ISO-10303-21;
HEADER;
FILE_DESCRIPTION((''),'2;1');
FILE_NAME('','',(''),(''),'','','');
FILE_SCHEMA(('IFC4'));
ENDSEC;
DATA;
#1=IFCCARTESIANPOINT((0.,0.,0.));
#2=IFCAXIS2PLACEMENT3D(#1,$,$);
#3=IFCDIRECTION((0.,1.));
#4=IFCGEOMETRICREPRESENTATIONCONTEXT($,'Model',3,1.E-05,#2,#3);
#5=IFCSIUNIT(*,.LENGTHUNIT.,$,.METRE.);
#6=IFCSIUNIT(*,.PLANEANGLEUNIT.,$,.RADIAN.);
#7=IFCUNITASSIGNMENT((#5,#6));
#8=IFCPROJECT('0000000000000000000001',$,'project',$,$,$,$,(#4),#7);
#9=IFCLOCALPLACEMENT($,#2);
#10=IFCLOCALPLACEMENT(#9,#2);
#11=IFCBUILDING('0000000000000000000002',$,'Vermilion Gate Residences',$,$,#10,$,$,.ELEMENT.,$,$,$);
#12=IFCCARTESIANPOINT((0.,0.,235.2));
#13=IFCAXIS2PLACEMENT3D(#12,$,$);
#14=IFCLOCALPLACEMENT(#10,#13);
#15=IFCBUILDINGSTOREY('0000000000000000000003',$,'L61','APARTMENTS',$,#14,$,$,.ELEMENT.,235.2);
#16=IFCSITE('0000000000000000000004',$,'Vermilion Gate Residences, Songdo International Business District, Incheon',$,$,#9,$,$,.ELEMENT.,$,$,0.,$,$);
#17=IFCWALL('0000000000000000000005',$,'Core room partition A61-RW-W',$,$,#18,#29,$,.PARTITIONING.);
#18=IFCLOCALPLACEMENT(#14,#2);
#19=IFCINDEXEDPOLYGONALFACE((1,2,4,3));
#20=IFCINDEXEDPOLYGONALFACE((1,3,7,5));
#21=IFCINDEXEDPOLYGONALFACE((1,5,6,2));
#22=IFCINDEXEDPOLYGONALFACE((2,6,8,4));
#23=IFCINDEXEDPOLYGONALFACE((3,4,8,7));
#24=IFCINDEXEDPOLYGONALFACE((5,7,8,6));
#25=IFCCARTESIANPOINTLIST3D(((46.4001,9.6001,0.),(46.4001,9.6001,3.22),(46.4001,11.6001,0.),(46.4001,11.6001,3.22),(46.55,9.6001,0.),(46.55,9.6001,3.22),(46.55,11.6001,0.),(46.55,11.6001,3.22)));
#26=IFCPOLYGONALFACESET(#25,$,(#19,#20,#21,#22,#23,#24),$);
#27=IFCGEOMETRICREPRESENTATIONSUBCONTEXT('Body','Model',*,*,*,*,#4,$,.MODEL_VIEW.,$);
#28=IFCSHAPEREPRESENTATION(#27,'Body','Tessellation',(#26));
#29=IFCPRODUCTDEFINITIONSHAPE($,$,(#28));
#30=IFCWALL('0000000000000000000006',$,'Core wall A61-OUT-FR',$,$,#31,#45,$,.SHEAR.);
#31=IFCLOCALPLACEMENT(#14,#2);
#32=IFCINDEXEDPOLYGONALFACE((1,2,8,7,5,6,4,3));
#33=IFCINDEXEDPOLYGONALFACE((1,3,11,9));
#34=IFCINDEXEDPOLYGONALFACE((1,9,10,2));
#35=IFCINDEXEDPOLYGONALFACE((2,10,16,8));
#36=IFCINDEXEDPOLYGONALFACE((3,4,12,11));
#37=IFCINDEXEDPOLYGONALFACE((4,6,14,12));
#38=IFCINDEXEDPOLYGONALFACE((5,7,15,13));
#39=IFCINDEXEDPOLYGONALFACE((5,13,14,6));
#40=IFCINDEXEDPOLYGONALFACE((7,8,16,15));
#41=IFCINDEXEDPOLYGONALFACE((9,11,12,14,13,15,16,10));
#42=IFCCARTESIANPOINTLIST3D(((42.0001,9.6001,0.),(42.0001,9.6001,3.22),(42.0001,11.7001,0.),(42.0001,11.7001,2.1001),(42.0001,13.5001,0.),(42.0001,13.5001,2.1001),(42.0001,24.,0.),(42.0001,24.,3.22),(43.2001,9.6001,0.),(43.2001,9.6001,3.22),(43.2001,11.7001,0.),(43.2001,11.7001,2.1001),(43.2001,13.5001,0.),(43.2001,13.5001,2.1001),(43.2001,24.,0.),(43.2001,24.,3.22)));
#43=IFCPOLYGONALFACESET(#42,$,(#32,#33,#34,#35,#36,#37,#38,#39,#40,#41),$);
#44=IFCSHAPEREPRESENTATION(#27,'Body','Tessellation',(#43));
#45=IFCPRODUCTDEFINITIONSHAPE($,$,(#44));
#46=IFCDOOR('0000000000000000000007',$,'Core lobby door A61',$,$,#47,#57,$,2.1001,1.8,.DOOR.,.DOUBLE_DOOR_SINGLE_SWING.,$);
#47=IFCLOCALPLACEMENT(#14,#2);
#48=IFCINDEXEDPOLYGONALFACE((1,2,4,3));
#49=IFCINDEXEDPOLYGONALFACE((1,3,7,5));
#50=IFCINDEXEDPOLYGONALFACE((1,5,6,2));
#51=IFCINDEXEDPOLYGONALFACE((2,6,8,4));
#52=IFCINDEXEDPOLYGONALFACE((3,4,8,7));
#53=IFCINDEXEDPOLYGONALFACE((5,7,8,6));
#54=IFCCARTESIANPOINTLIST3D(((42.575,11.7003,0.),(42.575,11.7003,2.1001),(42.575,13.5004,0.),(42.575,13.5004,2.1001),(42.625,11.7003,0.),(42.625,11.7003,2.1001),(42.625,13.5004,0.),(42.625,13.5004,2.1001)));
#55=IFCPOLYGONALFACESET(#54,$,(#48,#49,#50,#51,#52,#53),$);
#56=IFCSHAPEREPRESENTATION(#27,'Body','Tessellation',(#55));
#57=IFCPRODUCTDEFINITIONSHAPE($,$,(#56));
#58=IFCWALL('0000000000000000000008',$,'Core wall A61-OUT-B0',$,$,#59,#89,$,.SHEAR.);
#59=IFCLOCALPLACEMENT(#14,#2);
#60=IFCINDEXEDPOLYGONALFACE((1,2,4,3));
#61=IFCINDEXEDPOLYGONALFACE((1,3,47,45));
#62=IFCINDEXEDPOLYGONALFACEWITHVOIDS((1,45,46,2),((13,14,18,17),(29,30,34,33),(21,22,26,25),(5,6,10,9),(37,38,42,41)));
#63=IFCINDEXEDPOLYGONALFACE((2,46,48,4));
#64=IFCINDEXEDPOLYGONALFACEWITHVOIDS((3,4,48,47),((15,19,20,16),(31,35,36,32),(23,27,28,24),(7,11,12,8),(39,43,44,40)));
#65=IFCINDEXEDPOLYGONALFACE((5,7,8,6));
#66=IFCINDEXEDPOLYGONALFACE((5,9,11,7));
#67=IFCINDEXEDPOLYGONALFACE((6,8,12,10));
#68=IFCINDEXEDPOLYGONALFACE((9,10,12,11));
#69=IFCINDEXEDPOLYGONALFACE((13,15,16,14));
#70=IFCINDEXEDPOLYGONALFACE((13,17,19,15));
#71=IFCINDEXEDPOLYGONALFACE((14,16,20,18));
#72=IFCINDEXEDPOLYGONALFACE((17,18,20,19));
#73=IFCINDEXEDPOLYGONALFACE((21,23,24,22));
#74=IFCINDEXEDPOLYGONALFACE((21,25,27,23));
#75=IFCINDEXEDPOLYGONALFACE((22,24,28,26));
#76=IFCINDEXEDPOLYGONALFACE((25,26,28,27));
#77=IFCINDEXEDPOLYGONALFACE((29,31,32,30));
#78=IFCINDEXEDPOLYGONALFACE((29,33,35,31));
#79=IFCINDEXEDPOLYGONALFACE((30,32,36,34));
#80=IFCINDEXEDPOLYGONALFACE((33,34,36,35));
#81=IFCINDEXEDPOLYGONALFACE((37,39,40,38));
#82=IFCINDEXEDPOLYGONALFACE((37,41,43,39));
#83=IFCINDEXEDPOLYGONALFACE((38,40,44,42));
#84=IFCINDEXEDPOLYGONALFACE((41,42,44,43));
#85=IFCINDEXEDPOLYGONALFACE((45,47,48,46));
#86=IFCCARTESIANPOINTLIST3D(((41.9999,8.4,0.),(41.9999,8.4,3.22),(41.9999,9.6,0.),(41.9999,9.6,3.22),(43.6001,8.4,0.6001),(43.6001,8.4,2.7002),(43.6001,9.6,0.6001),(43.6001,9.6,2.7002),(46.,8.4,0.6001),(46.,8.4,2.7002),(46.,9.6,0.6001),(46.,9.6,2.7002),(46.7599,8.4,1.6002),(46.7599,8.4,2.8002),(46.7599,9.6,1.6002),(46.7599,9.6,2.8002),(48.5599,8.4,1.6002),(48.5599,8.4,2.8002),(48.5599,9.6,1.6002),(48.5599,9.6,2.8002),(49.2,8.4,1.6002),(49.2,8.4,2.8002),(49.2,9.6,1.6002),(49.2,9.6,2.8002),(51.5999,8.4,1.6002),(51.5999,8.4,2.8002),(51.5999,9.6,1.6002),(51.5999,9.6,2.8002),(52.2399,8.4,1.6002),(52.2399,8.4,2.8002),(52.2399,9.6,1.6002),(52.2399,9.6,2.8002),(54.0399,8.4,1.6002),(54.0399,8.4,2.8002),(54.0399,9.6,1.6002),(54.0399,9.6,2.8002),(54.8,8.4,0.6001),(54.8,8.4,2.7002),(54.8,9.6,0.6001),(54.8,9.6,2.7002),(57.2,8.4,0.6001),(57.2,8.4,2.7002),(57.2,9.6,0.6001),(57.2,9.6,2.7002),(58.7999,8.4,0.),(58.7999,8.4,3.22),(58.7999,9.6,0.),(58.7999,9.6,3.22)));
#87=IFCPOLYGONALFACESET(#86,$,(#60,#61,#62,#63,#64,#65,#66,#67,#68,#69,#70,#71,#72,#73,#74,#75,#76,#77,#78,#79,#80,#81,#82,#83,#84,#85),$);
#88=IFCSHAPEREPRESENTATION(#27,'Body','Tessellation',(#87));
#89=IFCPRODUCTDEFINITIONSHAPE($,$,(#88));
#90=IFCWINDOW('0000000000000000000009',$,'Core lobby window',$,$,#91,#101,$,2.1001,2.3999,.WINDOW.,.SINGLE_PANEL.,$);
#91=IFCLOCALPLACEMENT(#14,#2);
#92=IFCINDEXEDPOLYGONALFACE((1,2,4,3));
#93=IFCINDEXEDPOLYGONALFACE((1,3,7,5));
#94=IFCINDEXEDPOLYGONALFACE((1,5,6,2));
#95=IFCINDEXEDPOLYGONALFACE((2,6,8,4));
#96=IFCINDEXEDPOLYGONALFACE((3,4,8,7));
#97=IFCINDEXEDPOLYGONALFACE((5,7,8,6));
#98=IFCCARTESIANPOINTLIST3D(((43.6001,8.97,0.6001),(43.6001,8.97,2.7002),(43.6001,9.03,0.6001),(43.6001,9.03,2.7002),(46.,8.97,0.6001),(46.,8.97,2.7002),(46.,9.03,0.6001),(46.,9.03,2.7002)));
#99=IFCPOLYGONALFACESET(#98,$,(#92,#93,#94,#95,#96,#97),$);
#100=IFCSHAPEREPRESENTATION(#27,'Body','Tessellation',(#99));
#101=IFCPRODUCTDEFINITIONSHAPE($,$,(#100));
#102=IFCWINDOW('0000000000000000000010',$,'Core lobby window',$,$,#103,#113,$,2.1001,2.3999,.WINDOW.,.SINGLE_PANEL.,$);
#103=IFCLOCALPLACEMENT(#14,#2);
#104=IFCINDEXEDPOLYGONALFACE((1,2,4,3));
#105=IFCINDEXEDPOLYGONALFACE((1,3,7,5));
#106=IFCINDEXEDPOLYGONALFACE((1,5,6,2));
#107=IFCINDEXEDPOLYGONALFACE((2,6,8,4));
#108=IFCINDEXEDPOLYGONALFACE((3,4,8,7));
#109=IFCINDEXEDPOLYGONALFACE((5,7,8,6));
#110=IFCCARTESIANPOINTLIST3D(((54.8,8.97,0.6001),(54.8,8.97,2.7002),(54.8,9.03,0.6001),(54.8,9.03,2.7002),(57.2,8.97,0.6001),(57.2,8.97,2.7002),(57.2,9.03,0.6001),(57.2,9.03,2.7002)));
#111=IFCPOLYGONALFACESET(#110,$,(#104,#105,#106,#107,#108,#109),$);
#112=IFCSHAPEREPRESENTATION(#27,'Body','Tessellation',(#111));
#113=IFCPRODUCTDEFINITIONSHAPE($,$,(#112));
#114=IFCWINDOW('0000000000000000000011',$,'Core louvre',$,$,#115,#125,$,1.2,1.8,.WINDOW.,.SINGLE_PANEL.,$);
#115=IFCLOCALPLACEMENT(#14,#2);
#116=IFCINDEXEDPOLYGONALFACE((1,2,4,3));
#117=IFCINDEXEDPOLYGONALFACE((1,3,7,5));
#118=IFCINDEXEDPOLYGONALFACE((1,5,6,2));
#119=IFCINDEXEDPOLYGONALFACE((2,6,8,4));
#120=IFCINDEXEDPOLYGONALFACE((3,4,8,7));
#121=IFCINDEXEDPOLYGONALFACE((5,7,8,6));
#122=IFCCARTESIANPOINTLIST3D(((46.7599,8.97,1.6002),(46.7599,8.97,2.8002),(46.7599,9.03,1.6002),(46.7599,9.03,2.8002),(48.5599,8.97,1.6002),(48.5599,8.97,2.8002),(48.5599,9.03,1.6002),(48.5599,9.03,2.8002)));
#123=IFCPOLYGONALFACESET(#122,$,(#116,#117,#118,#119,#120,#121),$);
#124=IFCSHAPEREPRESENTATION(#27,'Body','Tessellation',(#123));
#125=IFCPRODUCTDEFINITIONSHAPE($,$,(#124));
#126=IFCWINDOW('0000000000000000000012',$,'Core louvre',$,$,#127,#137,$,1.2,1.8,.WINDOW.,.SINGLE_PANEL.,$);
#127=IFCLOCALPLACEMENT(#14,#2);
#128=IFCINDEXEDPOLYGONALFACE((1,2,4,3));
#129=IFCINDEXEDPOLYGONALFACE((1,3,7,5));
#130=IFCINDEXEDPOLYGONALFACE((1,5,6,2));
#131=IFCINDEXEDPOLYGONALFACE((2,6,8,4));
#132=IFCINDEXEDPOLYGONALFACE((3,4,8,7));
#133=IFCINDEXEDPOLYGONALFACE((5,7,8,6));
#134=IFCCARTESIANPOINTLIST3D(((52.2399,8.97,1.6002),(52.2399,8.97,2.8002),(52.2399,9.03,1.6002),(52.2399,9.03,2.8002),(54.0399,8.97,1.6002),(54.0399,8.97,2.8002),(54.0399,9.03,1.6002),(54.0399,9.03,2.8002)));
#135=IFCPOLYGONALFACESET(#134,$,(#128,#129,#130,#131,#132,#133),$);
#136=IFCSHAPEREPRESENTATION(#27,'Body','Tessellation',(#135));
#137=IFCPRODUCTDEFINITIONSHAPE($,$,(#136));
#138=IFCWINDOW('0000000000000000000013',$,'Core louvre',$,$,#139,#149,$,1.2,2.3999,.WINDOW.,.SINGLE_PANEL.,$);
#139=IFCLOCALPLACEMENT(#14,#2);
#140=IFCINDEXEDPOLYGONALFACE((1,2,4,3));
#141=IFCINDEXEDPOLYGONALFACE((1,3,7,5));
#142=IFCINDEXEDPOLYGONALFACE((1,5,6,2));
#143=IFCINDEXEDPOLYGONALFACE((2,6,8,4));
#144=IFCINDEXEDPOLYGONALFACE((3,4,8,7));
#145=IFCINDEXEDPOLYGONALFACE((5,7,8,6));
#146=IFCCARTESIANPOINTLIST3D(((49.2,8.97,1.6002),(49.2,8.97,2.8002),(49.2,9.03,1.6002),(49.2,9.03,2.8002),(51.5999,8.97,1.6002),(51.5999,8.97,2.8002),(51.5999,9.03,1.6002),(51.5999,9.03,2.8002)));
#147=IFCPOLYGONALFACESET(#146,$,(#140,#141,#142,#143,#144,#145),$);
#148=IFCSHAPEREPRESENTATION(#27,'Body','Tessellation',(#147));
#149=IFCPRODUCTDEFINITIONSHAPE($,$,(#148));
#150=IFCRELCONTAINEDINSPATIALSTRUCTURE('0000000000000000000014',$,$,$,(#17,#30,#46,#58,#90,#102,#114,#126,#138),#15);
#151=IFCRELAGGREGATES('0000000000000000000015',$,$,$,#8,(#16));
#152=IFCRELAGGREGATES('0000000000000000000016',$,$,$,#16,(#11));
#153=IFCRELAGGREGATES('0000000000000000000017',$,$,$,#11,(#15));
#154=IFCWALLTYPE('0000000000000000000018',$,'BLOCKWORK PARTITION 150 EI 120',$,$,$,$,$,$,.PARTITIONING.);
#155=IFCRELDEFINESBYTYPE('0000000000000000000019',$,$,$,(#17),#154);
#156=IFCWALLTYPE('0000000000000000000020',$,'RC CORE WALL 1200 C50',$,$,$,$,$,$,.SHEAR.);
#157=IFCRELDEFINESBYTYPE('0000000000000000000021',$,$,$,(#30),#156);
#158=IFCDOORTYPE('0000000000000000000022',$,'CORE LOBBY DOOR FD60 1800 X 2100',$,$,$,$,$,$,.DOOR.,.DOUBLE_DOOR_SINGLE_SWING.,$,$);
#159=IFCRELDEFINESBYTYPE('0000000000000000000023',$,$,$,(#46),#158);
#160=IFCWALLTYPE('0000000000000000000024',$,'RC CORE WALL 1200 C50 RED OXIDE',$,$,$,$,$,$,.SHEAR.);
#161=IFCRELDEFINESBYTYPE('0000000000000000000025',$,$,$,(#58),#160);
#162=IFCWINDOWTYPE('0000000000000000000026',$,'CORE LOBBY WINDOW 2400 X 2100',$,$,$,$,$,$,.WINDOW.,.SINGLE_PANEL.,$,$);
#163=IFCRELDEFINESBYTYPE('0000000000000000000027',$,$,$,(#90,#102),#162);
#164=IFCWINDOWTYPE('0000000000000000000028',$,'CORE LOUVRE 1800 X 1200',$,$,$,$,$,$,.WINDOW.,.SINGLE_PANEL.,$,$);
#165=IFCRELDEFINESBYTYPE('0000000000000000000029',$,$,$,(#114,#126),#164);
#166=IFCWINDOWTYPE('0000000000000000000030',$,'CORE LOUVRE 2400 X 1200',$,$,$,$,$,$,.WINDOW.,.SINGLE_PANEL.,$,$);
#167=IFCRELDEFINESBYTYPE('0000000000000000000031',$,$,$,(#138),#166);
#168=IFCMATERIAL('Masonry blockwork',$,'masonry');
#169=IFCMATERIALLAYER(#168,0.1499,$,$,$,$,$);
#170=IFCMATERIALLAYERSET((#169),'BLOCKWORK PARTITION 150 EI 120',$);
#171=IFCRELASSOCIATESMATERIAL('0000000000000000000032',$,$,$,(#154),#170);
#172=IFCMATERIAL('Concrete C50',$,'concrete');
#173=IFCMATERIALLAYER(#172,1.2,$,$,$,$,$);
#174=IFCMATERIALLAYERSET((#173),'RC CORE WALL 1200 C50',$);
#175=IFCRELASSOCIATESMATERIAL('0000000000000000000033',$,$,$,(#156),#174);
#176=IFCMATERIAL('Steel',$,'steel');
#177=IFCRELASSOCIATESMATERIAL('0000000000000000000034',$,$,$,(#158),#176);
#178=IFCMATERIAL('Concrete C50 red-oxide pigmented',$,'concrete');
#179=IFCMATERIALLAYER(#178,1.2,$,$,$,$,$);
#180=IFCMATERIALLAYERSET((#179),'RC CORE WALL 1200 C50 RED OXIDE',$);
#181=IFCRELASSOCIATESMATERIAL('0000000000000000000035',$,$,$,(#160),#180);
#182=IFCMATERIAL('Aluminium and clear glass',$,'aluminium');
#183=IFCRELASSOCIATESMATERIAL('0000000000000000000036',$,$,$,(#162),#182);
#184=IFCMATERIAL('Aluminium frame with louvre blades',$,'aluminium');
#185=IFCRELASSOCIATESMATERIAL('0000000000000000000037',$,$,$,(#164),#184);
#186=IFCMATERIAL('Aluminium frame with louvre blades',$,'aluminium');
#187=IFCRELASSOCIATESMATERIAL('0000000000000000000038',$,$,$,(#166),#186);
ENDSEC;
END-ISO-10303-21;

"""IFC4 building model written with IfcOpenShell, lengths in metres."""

from ifc_helpers import new_model, si_unit, direction, frame, frame_2d, origin, place, context, subcontext, project, spatial, rectangle, extrude, material, layer, layer_set, type_object, element, fill, save


model = new_model("IFC4")

# Units and contexts
model_context = context("Model", 3, precision=1e-05, world=origin(), true_north=direction((0.0, 1.0)))
body_context = subcontext(model_context, "Body", "Model", "MODEL_VIEW")
ifc_project = project(units=[si_unit("LENGTHUNIT", "METRE"), si_unit("PLANEANGLEUNIT", "RADIAN")], contexts=[model_context])

# Site, building, storey
site_placement = place(None, origin())
site = spatial("IfcSite", under=ifc_project, at=site_placement, Name="Vermilion Gate Residences, Songdo International Business District, Incheon", CompositionType="ELEMENT", RefElevation=0.0)
building_placement = place(site_placement, origin())
building = spatial("IfcBuilding", under=site, at=building_placement, Name="Vermilion Gate Residences", CompositionType="ELEMENT")
storey_placement = place(building_placement, frame((0.0, 0.0, 235.2)))
storey = spatial("IfcBuildingStorey", under=building, at=storey_placement, Name="L61", Description="APARTMENTS", CompositionType="ELEMENT", Elevation=235.2)

# Wall
ifc_material_1 = material(Name="Masonry blockwork", Category="masonry")
ifc_layer_1 = layer(ifc_material_1, 0.1499)
ifc_layer_set_1 = layer_set([ifc_layer_1], Name="BLOCKWORK PARTITION 150 EI 120")
wall_type_1 = type_object("IfcWallType", Name="BLOCKWORK PARTITION 150 EI 120", PredefinedType="PARTITIONING", material=ifc_layer_set_1)
wall_1_placement = place(storey_placement, frame((46.4751, 9.6001, 0.0), z_axis=(0.0, 0.0, 1.0), x_axis=(0.0, 1.0, 0.0)))
element("IfcWall", 1, at=wall_1_placement, inside=storey, type_object=wall_type_1, Name="Core room partition A61-RW-W", PredefinedType="PARTITIONING", context=body_context, shape_type="SweptSolid", body=[
    extrude(rectangle(XDim=2.0, YDim=0.1499, at=frame_2d((1.0, 0.0))), origin(), (0.0, 0.0, 1.0), 3.22),
])

# Wall, opening, door
ifc_material_2 = material(Name="Concrete C50", Category="concrete")
ifc_layer_2 = layer(ifc_material_2, 1.2)
ifc_layer_set_2 = layer_set([ifc_layer_2], Name="RC CORE WALL 1200 C50")
wall_type_2 = type_object("IfcWallType", Name="RC CORE WALL 1200 C50", PredefinedType="SHEAR", material=ifc_layer_set_2)
wall_2_placement = place(storey_placement, frame((42.6001, 9.6001, 0.0), z_axis=(0.0, 0.0, 1.0), x_axis=(0.0, 1.0, 0.0)))
wall_2 = element("IfcWall", 2, at=wall_2_placement, inside=storey, type_object=wall_type_2, Name="Core wall A61-OUT-FR", PredefinedType="SHEAR", context=body_context, shape_type="SweptSolid", body=[
    extrude(rectangle(XDim=14.3999, YDim=1.2, at=frame_2d((7.2, 0.0))), origin(), (0.0, 0.0, 1.0), 3.22),
])
opening_1_placement = place(wall_2_placement, frame((2.1001, 0.0, 0.0)))
opening_1 = element("IfcOpeningElement", 3, at=opening_1_placement, cuts=wall_2, PredefinedType="OPENING", context=body_context, shape_type="SweptSolid", body=[
    extrude(rectangle(XDim=1.8, YDim=2.1001, at=frame_2d((0.8999, 1.05))), frame((0.0, 0.6099, 0.0), z_axis=(0.0, -1.0, 0.0), x_axis=(1.0, 0.0, 0.0)), (0.0, 0.0, 1.0), 1.22),
])
ifc_material_3 = material(Name="Steel", Category="steel")
door_type = type_object("IfcDoorType", Name="CORE LOBBY DOOR FD60 1800 X 2100", OperationType="DOUBLE_DOOR_SINGLE_SWING", PredefinedType="DOOR", material=ifc_material_3)
door_placement = place(opening_1_placement, frame((1.8, 0.0, 0.0), z_axis=(0.0, 0.0, 1.0), x_axis=(-1.0, 0.0, 0.0)))
door = element("IfcDoor", 4, at=door_placement, inside=storey, type_object=door_type, Name="Core lobby door A61", OperationType="DOUBLE_DOOR_SINGLE_SWING", OverallHeight=2.1001, OverallWidth=1.8, PredefinedType="DOOR", context=body_context, shape_type="SweptSolid", body=[
    extrude(rectangle(XDim=1.8, YDim=2.1001, at=frame_2d((0.8999, 1.05))), frame((0.0, 0.0249, 0.0), z_axis=(0.0, -1.0, 0.0), x_axis=(1.0, 0.0, 0.0)), (0.0, 0.0, 1.0), 0.05),
])
fill(opening_1, door)

# Wall, openings, windows
ifc_material_4 = material(Name="Concrete C50 red-oxide pigmented", Category="concrete")
ifc_layer_3 = layer(ifc_material_4, 1.2)
ifc_layer_set_3 = layer_set([ifc_layer_3], Name="RC CORE WALL 1200 C50 RED OXIDE")
wall_type_3 = type_object("IfcWallType", Name="RC CORE WALL 1200 C50 RED OXIDE", PredefinedType="SHEAR", material=ifc_layer_set_3)
wall_3_placement = place(storey_placement, frame((42.0, 9.0, 0.0), z_axis=(0.0, 0.0, 1.0), x_axis=(1.0, 0.0, 0.0)))
wall_3 = element("IfcWall", 5, at=wall_3_placement, inside=storey, type_object=wall_type_3, Name="Core wall A61-OUT-B0", PredefinedType="SHEAR", context=body_context, shape_type="SweptSolid", body=[
    extrude(rectangle(XDim=16.8, YDim=1.2, at=frame_2d((8.3999, 0.0))), origin(), (0.0, 0.0, 1.0), 3.22),
])
opening_2_placement = place(wall_3_placement, frame((1.6001, 0.0, 0.6001)))
opening_2 = element("IfcOpeningElement", 6, at=opening_2_placement, cuts=wall_3, PredefinedType="OPENING", context=body_context, shape_type="SweptSolid", body=[
    extrude(rectangle(XDim=2.3999, YDim=2.1001, at=frame_2d((1.2, 1.05))), frame((0.0, 0.6099, 0.0), z_axis=(0.0, -1.0, 0.0), x_axis=(1.0, 0.0, 0.0)), (0.0, 0.0, 1.0), 1.22),
])
opening_3_placement = place(wall_3_placement, frame((4.76, 0.0, 1.6001)))
opening_3 = element("IfcOpeningElement", 7, at=opening_3_placement, cuts=wall_3, PredefinedType="OPENING", context=body_context, shape_type="SweptSolid", body=[
    extrude(rectangle(XDim=1.8, YDim=1.2, at=frame_2d((0.8999, 0.6001))), frame((0.0, 0.6099, 0.0), z_axis=(0.0, -1.0, 0.0), x_axis=(1.0, 0.0, 0.0)), (0.0, 0.0, 1.0), 1.22),
])
opening_4_placement = place(wall_3_placement, frame((7.2, 0.0, 1.6001)))
opening_4 = element("IfcOpeningElement", 8, at=opening_4_placement, cuts=wall_3, PredefinedType="OPENING", context=body_context, shape_type="SweptSolid", body=[
    extrude(rectangle(XDim=2.3999, YDim=1.2, at=frame_2d((1.2, 0.6001))), frame((0.0, 0.6099, 0.0), z_axis=(0.0, -1.0, 0.0), x_axis=(1.0, 0.0, 0.0)), (0.0, 0.0, 1.0), 1.22),
])
opening_5_placement = place(wall_3_placement, frame((10.24, 0.0, 1.6001)))
opening_5 = element("IfcOpeningElement", 9, at=opening_5_placement, cuts=wall_3, PredefinedType="OPENING", context=body_context, shape_type="SweptSolid", body=[
    extrude(rectangle(XDim=1.8, YDim=1.2, at=frame_2d((0.8999, 0.6001))), frame((0.0, 0.6099, 0.0), z_axis=(0.0, -1.0, 0.0), x_axis=(1.0, 0.0, 0.0)), (0.0, 0.0, 1.0), 1.22),
])
opening_6_placement = place(wall_3_placement, frame((12.8, 0.0, 0.6001)))
opening_6 = element("IfcOpeningElement", 10, at=opening_6_placement, cuts=wall_3, PredefinedType="OPENING", context=body_context, shape_type="SweptSolid", body=[
    extrude(rectangle(XDim=2.3999, YDim=2.1001, at=frame_2d((1.2, 1.05))), frame((0.0, 0.6099, 0.0), z_axis=(0.0, -1.0, 0.0), x_axis=(1.0, 0.0, 0.0)), (0.0, 0.0, 1.0), 1.22),
])
ifc_material_5 = material(Name="Aluminium and clear glass", Category="aluminium")
window_type_1 = type_object("IfcWindowType", Name="CORE LOBBY WINDOW 2400 X 2100", PartitioningType="SINGLE_PANEL", PredefinedType="WINDOW", material=ifc_material_5)
window_1_placement = place(opening_2_placement, origin())
window_1 = element("IfcWindow", 11, at=window_1_placement, inside=storey, type_object=window_type_1, Name="Core lobby window", OverallHeight=2.1001, OverallWidth=2.3999, PartitioningType="SINGLE_PANEL", PredefinedType="WINDOW", context=body_context, shape_type="SweptSolid", body=[
    extrude(rectangle(XDim=2.3999, YDim=2.1001, at=frame_2d((1.2, 1.05))), frame((0.0, 0.03, 0.0), z_axis=(0.0, -1.0, 0.0), x_axis=(1.0, 0.0, 0.0)), (0.0, 0.0, 1.0), 0.0601),
])
fill(opening_2, window_1)
window_2_placement = place(opening_6_placement, origin())
window_2 = element("IfcWindow", 12, at=window_2_placement, inside=storey, type_object=window_type_1, Name="Core lobby window", OverallHeight=2.1001, OverallWidth=2.3999, PartitioningType="SINGLE_PANEL", PredefinedType="WINDOW", context=body_context, shape_type="SweptSolid", body=[
    extrude(rectangle(XDim=2.3999, YDim=2.1001, at=frame_2d((1.2, 1.05))), frame((0.0, 0.03, 0.0), z_axis=(0.0, -1.0, 0.0), x_axis=(1.0, 0.0, 0.0)), (0.0, 0.0, 1.0), 0.0601),
])
fill(opening_6, window_2)
ifc_material_6 = material(Name="Aluminium frame with louvre blades", Category="aluminium")
window_type_2 = type_object("IfcWindowType", Name="CORE LOUVRE 1800 X 1200", PartitioningType="SINGLE_PANEL", PredefinedType="WINDOW", material=ifc_material_6)
window_3_placement = place(opening_3_placement, origin())
window_3 = element("IfcWindow", 13, at=window_3_placement, inside=storey, type_object=window_type_2, Name="Core louvre", OverallHeight=1.2, OverallWidth=1.8, PartitioningType="SINGLE_PANEL", PredefinedType="WINDOW", context=body_context, shape_type="SweptSolid", body=[
    extrude(rectangle(XDim=1.8, YDim=1.2, at=frame_2d((0.8999, 0.6001))), frame((0.0, 0.03, 0.0), z_axis=(0.0, -1.0, 0.0), x_axis=(1.0, 0.0, 0.0)), (0.0, 0.0, 1.0), 0.0601),
])
fill(opening_3, window_3)
window_4_placement = place(opening_5_placement, origin())
window_4 = element("IfcWindow", 14, at=window_4_placement, inside=storey, type_object=window_type_2, Name="Core louvre", OverallHeight=1.2, OverallWidth=1.8, PartitioningType="SINGLE_PANEL", PredefinedType="WINDOW", context=body_context, shape_type="SweptSolid", body=[
    extrude(rectangle(XDim=1.8, YDim=1.2, at=frame_2d((0.8999, 0.6001))), frame((0.0, 0.03, 0.0), z_axis=(0.0, -1.0, 0.0), x_axis=(1.0, 0.0, 0.0)), (0.0, 0.0, 1.0), 0.0601),
])
fill(opening_5, window_4)
ifc_material_7 = material(Name="Aluminium frame with louvre blades", Category="aluminium")
window_type_3 = type_object("IfcWindowType", Name="CORE LOUVRE 2400 X 1200", PartitioningType="SINGLE_PANEL", PredefinedType="WINDOW", material=ifc_material_7)
window_5_placement = place(opening_4_placement, origin())
window_5 = element("IfcWindow", 15, at=window_5_placement, inside=storey, type_object=window_type_3, Name="Core louvre", OverallHeight=1.2, OverallWidth=2.3999, PartitioningType="SINGLE_PANEL", PredefinedType="WINDOW", context=body_context, shape_type="SweptSolid", body=[
    extrude(rectangle(XDim=2.3999, YDim=1.2, at=frame_2d((1.2, 0.6001))), frame((0.0, 0.03, 0.0), z_axis=(0.0, -1.0, 0.0), x_axis=(1.0, 0.0, 0.0)), (0.0, 0.0, 1.0), 0.0601),
])
fill(opening_4, window_5)

save(model, "model.ifc")
